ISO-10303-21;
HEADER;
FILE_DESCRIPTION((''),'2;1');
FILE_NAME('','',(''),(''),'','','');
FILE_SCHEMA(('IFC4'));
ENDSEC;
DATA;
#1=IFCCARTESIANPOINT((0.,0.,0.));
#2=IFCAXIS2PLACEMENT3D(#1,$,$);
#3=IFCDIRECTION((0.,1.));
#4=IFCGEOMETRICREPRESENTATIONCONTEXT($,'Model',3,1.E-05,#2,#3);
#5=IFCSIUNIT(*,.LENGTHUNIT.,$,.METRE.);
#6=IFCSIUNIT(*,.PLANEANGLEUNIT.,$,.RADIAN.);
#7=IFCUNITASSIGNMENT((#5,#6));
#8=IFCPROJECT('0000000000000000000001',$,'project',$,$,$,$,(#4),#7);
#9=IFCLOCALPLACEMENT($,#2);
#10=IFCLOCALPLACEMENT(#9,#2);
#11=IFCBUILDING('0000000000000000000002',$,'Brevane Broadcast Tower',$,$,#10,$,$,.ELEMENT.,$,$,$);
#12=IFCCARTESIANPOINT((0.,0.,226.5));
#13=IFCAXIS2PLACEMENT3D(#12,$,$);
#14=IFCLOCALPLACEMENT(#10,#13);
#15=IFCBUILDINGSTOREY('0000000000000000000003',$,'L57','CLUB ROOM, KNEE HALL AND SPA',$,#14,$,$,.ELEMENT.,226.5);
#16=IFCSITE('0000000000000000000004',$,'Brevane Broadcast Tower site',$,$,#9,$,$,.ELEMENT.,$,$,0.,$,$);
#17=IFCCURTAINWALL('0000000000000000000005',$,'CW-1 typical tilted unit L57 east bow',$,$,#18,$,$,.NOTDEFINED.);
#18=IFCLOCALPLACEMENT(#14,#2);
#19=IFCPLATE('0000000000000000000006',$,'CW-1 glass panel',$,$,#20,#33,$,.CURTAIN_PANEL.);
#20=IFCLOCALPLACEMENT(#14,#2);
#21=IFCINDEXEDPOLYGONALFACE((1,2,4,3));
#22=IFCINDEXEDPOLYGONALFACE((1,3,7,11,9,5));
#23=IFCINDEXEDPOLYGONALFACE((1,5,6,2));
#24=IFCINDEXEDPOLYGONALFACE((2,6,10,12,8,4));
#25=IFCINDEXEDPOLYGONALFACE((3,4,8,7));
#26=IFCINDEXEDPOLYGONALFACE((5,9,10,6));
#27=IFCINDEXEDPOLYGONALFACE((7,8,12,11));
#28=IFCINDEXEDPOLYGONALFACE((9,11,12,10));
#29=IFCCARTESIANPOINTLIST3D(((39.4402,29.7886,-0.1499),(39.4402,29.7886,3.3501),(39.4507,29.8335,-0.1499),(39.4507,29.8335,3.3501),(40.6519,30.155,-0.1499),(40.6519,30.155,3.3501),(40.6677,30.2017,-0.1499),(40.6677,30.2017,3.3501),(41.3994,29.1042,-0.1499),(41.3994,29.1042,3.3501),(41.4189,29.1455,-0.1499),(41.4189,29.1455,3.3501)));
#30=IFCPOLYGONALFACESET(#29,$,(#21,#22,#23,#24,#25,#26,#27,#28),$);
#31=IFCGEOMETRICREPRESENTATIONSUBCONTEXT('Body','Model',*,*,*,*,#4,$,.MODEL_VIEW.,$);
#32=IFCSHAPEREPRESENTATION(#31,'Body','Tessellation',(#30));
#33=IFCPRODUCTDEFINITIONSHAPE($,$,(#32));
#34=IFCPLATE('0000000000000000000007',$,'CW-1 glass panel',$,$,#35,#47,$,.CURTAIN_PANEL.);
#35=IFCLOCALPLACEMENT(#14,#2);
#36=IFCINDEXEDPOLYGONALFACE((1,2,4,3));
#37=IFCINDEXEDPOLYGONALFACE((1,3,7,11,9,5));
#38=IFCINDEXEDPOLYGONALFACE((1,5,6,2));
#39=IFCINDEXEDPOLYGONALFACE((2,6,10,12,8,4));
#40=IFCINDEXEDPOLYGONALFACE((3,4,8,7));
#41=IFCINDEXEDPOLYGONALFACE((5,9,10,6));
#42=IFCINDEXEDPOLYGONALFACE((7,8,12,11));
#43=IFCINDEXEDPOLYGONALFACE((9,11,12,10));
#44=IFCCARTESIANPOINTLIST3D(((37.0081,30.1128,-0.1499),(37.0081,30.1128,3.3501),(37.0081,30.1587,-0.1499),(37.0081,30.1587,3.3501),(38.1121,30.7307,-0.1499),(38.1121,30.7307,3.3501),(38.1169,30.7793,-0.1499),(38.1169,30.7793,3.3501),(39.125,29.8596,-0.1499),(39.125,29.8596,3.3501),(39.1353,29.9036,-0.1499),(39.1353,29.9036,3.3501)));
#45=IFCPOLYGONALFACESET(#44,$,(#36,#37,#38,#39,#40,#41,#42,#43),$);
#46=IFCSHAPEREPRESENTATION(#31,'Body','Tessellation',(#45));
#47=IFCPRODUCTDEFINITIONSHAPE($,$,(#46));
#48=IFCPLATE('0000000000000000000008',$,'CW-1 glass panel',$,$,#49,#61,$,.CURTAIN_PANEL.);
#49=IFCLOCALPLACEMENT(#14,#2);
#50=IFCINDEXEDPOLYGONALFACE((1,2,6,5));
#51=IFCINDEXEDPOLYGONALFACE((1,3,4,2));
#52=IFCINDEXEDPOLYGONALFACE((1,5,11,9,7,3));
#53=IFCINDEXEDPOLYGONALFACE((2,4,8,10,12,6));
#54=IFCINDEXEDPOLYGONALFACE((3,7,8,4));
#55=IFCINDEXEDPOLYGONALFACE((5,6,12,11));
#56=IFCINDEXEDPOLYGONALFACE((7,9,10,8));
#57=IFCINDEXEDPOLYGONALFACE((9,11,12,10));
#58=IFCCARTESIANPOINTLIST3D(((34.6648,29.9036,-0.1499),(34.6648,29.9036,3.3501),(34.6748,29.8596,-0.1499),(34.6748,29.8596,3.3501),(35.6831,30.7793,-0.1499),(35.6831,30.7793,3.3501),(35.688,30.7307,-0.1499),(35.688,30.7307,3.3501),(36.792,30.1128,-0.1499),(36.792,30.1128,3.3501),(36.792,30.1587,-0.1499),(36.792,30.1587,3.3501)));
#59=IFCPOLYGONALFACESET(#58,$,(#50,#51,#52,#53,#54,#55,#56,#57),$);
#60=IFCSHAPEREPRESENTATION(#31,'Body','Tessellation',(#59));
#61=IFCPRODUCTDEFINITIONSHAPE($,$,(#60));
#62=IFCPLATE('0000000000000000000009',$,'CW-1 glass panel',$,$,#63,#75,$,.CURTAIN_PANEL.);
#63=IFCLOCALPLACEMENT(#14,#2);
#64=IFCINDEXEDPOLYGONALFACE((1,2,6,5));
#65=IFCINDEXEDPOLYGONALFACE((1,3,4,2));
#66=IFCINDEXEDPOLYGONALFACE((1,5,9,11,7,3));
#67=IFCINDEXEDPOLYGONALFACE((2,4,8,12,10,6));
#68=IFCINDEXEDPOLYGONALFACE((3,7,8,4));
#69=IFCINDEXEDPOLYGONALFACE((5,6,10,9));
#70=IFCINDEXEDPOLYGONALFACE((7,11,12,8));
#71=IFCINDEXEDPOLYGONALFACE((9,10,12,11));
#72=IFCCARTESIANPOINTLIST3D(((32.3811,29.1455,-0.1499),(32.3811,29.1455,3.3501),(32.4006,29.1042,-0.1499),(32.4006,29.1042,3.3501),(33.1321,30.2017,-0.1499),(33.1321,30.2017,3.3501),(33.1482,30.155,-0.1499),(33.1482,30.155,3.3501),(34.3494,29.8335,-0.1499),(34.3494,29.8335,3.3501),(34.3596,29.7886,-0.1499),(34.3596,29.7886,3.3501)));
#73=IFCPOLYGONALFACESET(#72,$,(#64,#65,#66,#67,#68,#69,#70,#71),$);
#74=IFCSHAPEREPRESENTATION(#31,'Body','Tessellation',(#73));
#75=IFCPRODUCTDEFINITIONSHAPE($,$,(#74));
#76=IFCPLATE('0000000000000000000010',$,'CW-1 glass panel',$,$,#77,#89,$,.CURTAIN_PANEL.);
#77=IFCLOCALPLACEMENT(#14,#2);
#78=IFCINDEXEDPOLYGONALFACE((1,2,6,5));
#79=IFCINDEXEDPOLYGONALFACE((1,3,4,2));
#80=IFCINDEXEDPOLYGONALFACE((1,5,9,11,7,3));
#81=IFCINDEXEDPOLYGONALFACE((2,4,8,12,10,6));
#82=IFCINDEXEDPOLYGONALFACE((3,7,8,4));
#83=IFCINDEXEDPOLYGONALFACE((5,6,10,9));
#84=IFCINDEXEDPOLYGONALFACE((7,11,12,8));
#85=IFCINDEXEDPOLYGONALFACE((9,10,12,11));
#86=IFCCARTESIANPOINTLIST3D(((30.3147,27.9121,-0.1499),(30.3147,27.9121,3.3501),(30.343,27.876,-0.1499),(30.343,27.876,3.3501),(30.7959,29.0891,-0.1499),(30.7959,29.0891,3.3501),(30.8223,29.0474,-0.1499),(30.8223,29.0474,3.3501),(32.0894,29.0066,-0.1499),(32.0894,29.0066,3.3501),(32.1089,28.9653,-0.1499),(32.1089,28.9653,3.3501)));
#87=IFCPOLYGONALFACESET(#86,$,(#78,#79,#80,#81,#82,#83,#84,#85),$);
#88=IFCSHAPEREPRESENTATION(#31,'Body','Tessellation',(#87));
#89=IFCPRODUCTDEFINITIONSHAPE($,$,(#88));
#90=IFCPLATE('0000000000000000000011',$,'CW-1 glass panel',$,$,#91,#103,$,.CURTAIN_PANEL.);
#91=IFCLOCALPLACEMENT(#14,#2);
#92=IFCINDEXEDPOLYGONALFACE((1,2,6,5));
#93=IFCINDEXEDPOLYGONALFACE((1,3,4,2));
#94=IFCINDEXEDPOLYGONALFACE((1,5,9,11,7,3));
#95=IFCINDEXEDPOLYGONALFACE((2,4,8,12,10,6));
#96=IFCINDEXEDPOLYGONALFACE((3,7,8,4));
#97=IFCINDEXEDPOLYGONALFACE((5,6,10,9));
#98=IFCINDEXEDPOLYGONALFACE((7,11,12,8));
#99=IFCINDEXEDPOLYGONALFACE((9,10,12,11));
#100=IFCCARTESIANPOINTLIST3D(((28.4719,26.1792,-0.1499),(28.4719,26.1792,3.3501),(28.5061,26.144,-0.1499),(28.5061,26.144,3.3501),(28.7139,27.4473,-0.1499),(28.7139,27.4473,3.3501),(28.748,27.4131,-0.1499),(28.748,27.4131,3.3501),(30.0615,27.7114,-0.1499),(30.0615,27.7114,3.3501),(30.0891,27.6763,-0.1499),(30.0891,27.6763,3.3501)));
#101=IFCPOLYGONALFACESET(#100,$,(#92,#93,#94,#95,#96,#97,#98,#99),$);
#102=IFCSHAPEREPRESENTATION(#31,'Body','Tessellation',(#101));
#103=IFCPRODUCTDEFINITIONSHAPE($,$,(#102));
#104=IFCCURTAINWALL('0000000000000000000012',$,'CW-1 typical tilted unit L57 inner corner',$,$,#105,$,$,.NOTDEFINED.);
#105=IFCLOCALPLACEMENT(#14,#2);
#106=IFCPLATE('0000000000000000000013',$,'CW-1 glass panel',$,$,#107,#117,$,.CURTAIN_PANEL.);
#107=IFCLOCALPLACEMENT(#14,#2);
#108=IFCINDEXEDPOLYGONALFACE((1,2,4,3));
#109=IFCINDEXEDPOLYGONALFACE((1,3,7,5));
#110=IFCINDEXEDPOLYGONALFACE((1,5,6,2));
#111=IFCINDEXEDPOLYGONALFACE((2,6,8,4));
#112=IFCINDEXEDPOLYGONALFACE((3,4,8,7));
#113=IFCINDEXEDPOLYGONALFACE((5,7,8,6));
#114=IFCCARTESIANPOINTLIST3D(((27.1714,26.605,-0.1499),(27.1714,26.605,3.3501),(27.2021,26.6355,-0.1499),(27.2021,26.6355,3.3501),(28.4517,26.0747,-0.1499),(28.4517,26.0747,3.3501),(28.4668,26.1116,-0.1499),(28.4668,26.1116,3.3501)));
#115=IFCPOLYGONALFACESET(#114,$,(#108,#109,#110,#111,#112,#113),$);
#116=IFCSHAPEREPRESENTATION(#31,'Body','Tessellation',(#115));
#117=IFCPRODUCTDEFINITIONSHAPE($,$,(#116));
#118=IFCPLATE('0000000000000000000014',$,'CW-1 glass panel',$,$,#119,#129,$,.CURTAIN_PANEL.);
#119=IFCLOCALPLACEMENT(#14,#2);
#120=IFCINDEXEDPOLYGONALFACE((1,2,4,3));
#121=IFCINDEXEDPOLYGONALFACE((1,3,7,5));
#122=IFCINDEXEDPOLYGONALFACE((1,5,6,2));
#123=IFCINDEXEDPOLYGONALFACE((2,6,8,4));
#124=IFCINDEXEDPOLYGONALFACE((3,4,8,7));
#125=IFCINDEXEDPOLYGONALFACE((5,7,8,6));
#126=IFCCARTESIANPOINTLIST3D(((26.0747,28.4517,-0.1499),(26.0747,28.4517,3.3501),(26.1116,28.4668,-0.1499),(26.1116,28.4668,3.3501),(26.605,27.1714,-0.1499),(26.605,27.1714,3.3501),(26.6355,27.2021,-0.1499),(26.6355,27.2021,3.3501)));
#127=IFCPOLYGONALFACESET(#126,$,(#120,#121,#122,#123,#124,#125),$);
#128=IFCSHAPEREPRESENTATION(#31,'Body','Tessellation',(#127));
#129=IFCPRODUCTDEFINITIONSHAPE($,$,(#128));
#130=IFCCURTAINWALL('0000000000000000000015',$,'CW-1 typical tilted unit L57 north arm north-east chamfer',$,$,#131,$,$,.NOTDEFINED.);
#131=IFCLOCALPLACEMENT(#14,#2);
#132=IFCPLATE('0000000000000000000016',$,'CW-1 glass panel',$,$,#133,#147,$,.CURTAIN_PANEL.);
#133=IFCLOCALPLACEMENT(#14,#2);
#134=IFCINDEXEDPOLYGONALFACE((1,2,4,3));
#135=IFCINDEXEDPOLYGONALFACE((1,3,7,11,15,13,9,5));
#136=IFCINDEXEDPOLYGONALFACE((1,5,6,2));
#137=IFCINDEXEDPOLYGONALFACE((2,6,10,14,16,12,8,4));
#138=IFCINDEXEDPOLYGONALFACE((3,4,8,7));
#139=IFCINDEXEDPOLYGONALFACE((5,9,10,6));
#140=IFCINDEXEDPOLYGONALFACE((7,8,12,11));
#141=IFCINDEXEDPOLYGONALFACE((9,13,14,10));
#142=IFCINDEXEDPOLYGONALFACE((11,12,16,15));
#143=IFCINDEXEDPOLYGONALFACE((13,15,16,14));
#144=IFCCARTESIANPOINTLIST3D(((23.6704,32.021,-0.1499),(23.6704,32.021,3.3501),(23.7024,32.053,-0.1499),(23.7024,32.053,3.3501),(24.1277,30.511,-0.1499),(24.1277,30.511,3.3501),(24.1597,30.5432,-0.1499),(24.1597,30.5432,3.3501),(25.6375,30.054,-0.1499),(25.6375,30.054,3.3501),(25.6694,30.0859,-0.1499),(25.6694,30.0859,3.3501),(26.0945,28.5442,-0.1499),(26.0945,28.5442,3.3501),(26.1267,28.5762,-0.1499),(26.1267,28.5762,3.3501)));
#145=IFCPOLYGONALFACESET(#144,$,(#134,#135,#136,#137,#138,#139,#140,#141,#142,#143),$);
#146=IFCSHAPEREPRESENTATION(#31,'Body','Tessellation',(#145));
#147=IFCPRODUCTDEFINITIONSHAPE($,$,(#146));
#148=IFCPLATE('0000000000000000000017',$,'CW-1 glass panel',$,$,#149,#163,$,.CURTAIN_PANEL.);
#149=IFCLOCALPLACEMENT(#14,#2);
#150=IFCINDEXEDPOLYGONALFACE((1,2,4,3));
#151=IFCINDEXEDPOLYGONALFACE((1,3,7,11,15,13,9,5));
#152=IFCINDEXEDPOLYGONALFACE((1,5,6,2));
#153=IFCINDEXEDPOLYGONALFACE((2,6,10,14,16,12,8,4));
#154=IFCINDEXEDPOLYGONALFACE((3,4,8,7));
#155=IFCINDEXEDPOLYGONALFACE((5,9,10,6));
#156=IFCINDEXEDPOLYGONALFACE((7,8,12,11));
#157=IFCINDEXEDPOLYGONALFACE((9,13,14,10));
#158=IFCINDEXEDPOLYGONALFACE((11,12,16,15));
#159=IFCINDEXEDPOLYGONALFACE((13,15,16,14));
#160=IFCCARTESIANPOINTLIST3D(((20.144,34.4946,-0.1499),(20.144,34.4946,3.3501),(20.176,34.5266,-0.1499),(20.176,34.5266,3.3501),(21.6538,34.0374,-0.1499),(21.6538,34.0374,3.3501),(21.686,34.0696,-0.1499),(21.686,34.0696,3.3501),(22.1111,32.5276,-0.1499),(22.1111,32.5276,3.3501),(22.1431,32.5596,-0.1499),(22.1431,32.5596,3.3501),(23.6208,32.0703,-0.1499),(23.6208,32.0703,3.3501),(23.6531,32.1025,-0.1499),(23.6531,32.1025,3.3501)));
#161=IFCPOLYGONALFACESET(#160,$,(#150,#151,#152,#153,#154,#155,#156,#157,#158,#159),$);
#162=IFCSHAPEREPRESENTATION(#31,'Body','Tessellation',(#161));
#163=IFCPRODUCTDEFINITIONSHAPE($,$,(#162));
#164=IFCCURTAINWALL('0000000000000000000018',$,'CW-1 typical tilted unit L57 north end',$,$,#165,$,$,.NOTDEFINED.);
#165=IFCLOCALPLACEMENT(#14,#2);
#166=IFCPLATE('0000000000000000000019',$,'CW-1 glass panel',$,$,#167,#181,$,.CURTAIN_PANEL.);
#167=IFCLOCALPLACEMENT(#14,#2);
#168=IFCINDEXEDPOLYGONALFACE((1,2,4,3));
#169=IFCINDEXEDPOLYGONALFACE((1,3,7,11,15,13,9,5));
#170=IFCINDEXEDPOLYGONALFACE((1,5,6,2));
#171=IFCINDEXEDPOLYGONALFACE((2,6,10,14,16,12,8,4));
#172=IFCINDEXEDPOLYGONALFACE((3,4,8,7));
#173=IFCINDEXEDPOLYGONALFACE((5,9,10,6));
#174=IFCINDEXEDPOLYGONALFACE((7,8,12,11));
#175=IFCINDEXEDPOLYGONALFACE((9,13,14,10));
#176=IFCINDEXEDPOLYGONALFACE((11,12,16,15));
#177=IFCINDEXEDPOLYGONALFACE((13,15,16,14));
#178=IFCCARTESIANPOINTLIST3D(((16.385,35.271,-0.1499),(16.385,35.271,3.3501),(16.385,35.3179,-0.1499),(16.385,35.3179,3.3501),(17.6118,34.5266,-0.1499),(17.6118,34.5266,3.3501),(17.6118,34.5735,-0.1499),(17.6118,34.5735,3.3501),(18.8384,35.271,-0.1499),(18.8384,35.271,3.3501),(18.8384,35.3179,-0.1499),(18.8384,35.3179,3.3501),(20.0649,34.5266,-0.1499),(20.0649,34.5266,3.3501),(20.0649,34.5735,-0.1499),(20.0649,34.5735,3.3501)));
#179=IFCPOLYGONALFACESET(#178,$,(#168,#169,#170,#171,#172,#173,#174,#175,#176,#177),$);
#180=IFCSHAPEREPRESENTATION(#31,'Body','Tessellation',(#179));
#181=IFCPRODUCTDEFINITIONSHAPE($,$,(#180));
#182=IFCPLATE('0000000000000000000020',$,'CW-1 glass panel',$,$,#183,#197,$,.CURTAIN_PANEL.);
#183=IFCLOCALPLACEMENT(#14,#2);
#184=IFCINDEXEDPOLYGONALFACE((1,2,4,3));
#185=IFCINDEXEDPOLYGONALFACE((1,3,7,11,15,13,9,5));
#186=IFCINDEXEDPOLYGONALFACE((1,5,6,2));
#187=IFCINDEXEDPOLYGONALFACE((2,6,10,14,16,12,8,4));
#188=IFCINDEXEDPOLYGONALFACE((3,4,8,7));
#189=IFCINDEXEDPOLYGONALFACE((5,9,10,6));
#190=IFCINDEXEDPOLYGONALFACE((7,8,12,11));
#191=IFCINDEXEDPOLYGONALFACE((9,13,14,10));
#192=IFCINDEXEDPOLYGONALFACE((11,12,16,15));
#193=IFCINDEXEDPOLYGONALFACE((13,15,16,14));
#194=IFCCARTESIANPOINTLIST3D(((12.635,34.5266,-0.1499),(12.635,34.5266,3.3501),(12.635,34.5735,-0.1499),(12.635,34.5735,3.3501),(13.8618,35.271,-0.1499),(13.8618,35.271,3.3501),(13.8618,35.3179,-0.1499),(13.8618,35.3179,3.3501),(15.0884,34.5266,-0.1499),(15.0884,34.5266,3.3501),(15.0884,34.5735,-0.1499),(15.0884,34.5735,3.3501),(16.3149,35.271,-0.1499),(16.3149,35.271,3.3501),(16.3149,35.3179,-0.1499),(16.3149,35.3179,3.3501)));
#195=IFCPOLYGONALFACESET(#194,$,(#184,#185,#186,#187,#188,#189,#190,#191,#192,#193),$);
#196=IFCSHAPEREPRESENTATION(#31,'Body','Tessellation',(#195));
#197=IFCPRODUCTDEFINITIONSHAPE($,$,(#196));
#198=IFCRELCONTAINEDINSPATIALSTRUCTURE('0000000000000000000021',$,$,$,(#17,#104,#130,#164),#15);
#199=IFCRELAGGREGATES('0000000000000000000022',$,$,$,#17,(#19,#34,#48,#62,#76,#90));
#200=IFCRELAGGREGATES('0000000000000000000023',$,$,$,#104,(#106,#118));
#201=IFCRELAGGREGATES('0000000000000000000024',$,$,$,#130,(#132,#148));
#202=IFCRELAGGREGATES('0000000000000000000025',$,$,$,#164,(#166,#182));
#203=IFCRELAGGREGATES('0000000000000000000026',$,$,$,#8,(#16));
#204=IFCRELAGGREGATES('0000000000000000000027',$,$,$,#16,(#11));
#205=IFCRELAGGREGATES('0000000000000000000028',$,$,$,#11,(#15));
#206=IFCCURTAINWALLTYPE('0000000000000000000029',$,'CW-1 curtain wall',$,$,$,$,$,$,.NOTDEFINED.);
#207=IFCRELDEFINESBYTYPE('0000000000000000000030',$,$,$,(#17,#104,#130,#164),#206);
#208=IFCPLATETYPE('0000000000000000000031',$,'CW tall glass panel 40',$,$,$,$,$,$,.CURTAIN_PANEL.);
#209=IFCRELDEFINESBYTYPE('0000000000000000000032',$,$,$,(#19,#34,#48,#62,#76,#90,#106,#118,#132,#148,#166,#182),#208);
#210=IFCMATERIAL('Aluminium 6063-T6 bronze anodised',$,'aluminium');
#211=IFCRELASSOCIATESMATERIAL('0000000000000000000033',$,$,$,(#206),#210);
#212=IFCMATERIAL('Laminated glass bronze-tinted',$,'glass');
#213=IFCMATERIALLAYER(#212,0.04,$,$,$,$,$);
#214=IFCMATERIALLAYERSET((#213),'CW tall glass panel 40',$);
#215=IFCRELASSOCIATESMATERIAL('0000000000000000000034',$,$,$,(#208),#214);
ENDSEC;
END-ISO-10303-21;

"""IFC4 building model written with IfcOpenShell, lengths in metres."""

from ifc_helpers import new_model, si_unit, direction, frame, origin, place, context, subcontext, project, spatial, polyline, outline, extrude, material, layer, layer_set, type_object, element, aggregate, save


model = new_model("IFC4")

# Units and contexts
model_context = context("Model", 3, precision=1e-05, world=origin(), true_north=direction((0.0, 1.0)))
body_context = subcontext(model_context, "Body", "Model", "MODEL_VIEW")
ifc_project = project(units=[si_unit("LENGTHUNIT", "METRE"), si_unit("PLANEANGLEUNIT", "RADIAN")], contexts=[model_context])

# Site, building, storey
site_placement = place(None, origin())
site = spatial("IfcSite", under=ifc_project, at=site_placement, Name="Brevane Broadcast Tower site", CompositionType="ELEMENT", RefElevation=0.0)
building_placement = place(site_placement, origin())
building = spatial("IfcBuilding", under=site, at=building_placement, Name="Brevane Broadcast Tower", CompositionType="ELEMENT")
storey_placement = place(building_placement, frame((0.0, 0.0, 226.5)))
storey = spatial("IfcBuildingStorey", under=building, at=storey_placement, Name="L57", Description="CLUB ROOM, KNEE HALL AND SPA", CompositionType="ELEMENT", Elevation=226.5)

# Curtain walls, plates
ifc_material_1 = material(Name="Aluminium 6063-T6 bronze anodised", Category="aluminium")
curtain_wall_type = type_object("IfcCurtainWallType", Name="CW-1 curtain wall", PredefinedType="NOTDEFINED", material=ifc_material_1)
ifc_material_2 = material(Name="Laminated glass bronze-tinted", Category="glass")
ifc_layer = layer(ifc_material_2, 0.04)
ifc_layer_set = layer_set([ifc_layer], Name="CW tall glass panel 40")
plate_type = type_object("IfcPlateType", Name="CW tall glass panel 40", PredefinedType="CURTAIN_PANEL", material=ifc_layer_set)
curtain_wall_1_placement = place(storey_placement, origin())
curtain_wall_1 = element("IfcCurtainWall", 1, at=curtain_wall_1_placement, inside=storey, type_object=curtain_wall_type, Name="CW-1 typical tilted unit L57 east bow", PredefinedType="NOTDEFINED")
plate_1_placement = place(storey_placement, frame((0.0, 0.0, -0.1499)))
plate_1 = element("IfcPlate", 2, at=plate_1_placement, type_object=plate_type, Name="CW-1 glass panel", PredefinedType="CURTAIN_PANEL", context=body_context, shape_type="SweptSolid", body=[
    extrude(outline(polyline([(41.3994, 29.1042), (41.4189, 29.1455), (40.6677, 30.2017), (39.4507, 29.8335), (39.4402, 29.7886), (40.6519, 30.155), (41.3994, 29.1042)])), origin(), (0.0, 0.0, 1.0), 3.5),
])
plate_2_placement = place(storey_placement, frame((0.0, 0.0, -0.1499)))
plate_2 = element("IfcPlate", 3, at=plate_2_placement, type_object=plate_type, Name="CW-1 glass panel", PredefinedType="CURTAIN_PANEL", context=body_context, shape_type="SweptSolid", body=[
    extrude(outline(polyline([(39.125, 29.8596), (39.1353, 29.9036), (38.1169, 30.7793), (37.0081, 30.1587), (37.0081, 30.1128), (38.1121, 30.7307), (39.125, 29.8596)])), origin(), (0.0, 0.0, 1.0), 3.5),
])
plate_3_placement = place(storey_placement, frame((0.0, 0.0, -0.1499)))
plate_3 = element("IfcPlate", 4, at=plate_3_placement, type_object=plate_type, Name="CW-1 glass panel", PredefinedType="CURTAIN_PANEL", context=body_context, shape_type="SweptSolid", body=[
    extrude(outline(polyline([(36.792, 30.1128), (36.792, 30.1587), (35.6831, 30.7793), (34.6648, 29.9036), (34.6748, 29.8596), (35.688, 30.7307), (36.792, 30.1128)])), origin(), (0.0, 0.0, 1.0), 3.5),
])
plate_4_placement = place(storey_placement, frame((0.0, 0.0, -0.1499)))
plate_4 = element("IfcPlate", 5, at=plate_4_placement, type_object=plate_type, Name="CW-1 glass panel", PredefinedType="CURTAIN_PANEL", context=body_context, shape_type="SweptSolid", body=[
    extrude(outline(polyline([(34.3596, 29.7886), (34.3494, 29.8335), (33.1321, 30.2017), (32.3811, 29.1455), (32.4006, 29.1042), (33.1482, 30.155), (34.3596, 29.7886)])), origin(), (0.0, 0.0, 1.0), 3.5),
])
plate_5_placement = place(storey_placement, frame((0.0, 0.0, -0.1499)))
plate_5 = element("IfcPlate", 6, at=plate_5_placement, type_object=plate_type, Name="CW-1 glass panel", PredefinedType="CURTAIN_PANEL", context=body_context, shape_type="SweptSolid", body=[
    extrude(outline(polyline([(32.1089, 28.9653), (32.0894, 29.0066), (30.7959, 29.0891), (30.3147, 27.9121), (30.343, 27.876), (30.8223, 29.0474), (32.1089, 28.9653)])), origin(), (0.0, 0.0, 1.0), 3.5),
])
plate_6_placement = place(storey_placement, frame((0.0, 0.0, -0.1499)))
plate_6 = element("IfcPlate", 7, at=plate_6_placement, type_object=plate_type, Name="CW-1 glass panel", PredefinedType="CURTAIN_PANEL", context=body_context, shape_type="SweptSolid", body=[
    extrude(outline(polyline([(30.0891, 27.6763), (30.0615, 27.7114), (28.7139, 27.4473), (28.4719, 26.1792), (28.5061, 26.144), (28.748, 27.4131), (30.0891, 27.6763)])), origin(), (0.0, 0.0, 1.0), 3.5),
])
aggregate(curtain_wall_1, [plate_1, plate_2, plate_3, plate_4, plate_5, plate_6])
curtain_wall_2_placement = place(storey_placement, origin())
curtain_wall_2 = element("IfcCurtainWall", 8, at=curtain_wall_2_placement, inside=storey, type_object=curtain_wall_type, Name="CW-1 typical tilted unit L57 inner corner", PredefinedType="NOTDEFINED")
plate_7_placement = place(storey_placement, frame((0.0, 0.0, -0.1499)))
plate_7 = element("IfcPlate", 9, at=plate_7_placement, type_object=plate_type, Name="CW-1 glass panel", PredefinedType="CURTAIN_PANEL", context=body_context, shape_type="SweptSolid", body=[
    extrude(outline(polyline([(28.4517, 26.0747), (28.4668, 26.1116), (27.2021, 26.6355), (27.1714, 26.605), (28.4517, 26.0747)])), origin(), (0.0, 0.0, 1.0), 3.5),
])
plate_8_placement = place(storey_placement, frame((0.0, 0.0, -0.1499)))
plate_8 = element("IfcPlate", 10, at=plate_8_placement, type_object=plate_type, Name="CW-1 glass panel", PredefinedType="CURTAIN_PANEL", context=body_context, shape_type="SweptSolid", body=[
    extrude(outline(polyline([(26.605, 27.1714), (26.6355, 27.2021), (26.1116, 28.4668), (26.0747, 28.4517), (26.605, 27.1714)])), origin(), (0.0, 0.0, 1.0), 3.5),
])
aggregate(curtain_wall_2, [plate_7, plate_8])
curtain_wall_3_placement = place(storey_placement, origin())
curtain_wall_3 = element("IfcCurtainWall", 11, at=curtain_wall_3_placement, inside=storey, type_object=curtain_wall_type, Name="CW-1 typical tilted unit L57 north arm north-east chamfer", PredefinedType="NOTDEFINED")
plate_9_placement = place(storey_placement, frame((0.0, 0.0, -0.1499)))
plate_9 = element("IfcPlate", 12, at=plate_9_placement, type_object=plate_type, Name="CW-1 glass panel", PredefinedType="CURTAIN_PANEL", context=body_context, shape_type="SweptSolid", body=[
    extrude(outline(polyline([(26.0945, 28.5442), (26.1267, 28.5762), (25.6694, 30.0859), (24.1597, 30.5432), (23.7024, 32.053), (23.6704, 32.021), (24.1277, 30.511), (25.6375, 30.054), (26.0945, 28.5442)])), origin(), (0.0, 0.0, 1.0), 3.5),
])
plate_10_placement = place(storey_placement, frame((0.0, 0.0, -0.1499)))
plate_10 = element("IfcPlate", 13, at=plate_10_placement, type_object=plate_type, Name="CW-1 glass panel", PredefinedType="CURTAIN_PANEL", context=body_context, shape_type="SweptSolid", body=[
    extrude(outline(polyline([(23.6208, 32.0703), (23.6531, 32.1025), (22.1431, 32.5596), (21.686, 34.0696), (20.176, 34.5266), (20.144, 34.4946), (21.6538, 34.0374), (22.1111, 32.5276), (23.6208, 32.0703)])), origin(), (0.0, 0.0, 1.0), 3.5),
])
aggregate(curtain_wall_3, [plate_9, plate_10])
curtain_wall_4_placement = place(storey_placement, origin())
curtain_wall_4 = element("IfcCurtainWall", 14, at=curtain_wall_4_placement, inside=storey, type_object=curtain_wall_type, Name="CW-1 typical tilted unit L57 north end", PredefinedType="NOTDEFINED")
plate_11_placement = place(storey_placement, frame((0.0, 0.0, -0.1499)))
plate_11 = element("IfcPlate", 15, at=plate_11_placement, type_object=plate_type, Name="CW-1 glass panel", PredefinedType="CURTAIN_PANEL", context=body_context, shape_type="SweptSolid", body=[
    extrude(outline(polyline([(20.0649, 34.5266), (20.0649, 34.5735), (18.8384, 35.3179), (17.6118, 34.5735), (16.385, 35.3179), (16.385, 35.271), (17.6118, 34.5266), (18.8384, 35.271), (20.0649, 34.5266)])), origin(), (0.0, 0.0, 1.0), 3.5),
])
plate_12_placement = place(storey_placement, frame((0.0, 0.0, -0.1499)))
plate_12 = element("IfcPlate", 16, at=plate_12_placement, type_object=plate_type, Name="CW-1 glass panel", PredefinedType="CURTAIN_PANEL", context=body_context, shape_type="SweptSolid", body=[
    extrude(outline(polyline([(16.3149, 35.271), (16.3149, 35.3179), (15.0884, 34.5735), (13.8618, 35.3179), (12.635, 34.5735), (12.635, 34.5266), (13.8618, 35.271), (15.0884, 34.5266), (16.3149, 35.271)])), origin(), (0.0, 0.0, 1.0), 3.5),
])
aggregate(curtain_wall_4, [plate_11, plate_12])

save(model, "model.ifc")
